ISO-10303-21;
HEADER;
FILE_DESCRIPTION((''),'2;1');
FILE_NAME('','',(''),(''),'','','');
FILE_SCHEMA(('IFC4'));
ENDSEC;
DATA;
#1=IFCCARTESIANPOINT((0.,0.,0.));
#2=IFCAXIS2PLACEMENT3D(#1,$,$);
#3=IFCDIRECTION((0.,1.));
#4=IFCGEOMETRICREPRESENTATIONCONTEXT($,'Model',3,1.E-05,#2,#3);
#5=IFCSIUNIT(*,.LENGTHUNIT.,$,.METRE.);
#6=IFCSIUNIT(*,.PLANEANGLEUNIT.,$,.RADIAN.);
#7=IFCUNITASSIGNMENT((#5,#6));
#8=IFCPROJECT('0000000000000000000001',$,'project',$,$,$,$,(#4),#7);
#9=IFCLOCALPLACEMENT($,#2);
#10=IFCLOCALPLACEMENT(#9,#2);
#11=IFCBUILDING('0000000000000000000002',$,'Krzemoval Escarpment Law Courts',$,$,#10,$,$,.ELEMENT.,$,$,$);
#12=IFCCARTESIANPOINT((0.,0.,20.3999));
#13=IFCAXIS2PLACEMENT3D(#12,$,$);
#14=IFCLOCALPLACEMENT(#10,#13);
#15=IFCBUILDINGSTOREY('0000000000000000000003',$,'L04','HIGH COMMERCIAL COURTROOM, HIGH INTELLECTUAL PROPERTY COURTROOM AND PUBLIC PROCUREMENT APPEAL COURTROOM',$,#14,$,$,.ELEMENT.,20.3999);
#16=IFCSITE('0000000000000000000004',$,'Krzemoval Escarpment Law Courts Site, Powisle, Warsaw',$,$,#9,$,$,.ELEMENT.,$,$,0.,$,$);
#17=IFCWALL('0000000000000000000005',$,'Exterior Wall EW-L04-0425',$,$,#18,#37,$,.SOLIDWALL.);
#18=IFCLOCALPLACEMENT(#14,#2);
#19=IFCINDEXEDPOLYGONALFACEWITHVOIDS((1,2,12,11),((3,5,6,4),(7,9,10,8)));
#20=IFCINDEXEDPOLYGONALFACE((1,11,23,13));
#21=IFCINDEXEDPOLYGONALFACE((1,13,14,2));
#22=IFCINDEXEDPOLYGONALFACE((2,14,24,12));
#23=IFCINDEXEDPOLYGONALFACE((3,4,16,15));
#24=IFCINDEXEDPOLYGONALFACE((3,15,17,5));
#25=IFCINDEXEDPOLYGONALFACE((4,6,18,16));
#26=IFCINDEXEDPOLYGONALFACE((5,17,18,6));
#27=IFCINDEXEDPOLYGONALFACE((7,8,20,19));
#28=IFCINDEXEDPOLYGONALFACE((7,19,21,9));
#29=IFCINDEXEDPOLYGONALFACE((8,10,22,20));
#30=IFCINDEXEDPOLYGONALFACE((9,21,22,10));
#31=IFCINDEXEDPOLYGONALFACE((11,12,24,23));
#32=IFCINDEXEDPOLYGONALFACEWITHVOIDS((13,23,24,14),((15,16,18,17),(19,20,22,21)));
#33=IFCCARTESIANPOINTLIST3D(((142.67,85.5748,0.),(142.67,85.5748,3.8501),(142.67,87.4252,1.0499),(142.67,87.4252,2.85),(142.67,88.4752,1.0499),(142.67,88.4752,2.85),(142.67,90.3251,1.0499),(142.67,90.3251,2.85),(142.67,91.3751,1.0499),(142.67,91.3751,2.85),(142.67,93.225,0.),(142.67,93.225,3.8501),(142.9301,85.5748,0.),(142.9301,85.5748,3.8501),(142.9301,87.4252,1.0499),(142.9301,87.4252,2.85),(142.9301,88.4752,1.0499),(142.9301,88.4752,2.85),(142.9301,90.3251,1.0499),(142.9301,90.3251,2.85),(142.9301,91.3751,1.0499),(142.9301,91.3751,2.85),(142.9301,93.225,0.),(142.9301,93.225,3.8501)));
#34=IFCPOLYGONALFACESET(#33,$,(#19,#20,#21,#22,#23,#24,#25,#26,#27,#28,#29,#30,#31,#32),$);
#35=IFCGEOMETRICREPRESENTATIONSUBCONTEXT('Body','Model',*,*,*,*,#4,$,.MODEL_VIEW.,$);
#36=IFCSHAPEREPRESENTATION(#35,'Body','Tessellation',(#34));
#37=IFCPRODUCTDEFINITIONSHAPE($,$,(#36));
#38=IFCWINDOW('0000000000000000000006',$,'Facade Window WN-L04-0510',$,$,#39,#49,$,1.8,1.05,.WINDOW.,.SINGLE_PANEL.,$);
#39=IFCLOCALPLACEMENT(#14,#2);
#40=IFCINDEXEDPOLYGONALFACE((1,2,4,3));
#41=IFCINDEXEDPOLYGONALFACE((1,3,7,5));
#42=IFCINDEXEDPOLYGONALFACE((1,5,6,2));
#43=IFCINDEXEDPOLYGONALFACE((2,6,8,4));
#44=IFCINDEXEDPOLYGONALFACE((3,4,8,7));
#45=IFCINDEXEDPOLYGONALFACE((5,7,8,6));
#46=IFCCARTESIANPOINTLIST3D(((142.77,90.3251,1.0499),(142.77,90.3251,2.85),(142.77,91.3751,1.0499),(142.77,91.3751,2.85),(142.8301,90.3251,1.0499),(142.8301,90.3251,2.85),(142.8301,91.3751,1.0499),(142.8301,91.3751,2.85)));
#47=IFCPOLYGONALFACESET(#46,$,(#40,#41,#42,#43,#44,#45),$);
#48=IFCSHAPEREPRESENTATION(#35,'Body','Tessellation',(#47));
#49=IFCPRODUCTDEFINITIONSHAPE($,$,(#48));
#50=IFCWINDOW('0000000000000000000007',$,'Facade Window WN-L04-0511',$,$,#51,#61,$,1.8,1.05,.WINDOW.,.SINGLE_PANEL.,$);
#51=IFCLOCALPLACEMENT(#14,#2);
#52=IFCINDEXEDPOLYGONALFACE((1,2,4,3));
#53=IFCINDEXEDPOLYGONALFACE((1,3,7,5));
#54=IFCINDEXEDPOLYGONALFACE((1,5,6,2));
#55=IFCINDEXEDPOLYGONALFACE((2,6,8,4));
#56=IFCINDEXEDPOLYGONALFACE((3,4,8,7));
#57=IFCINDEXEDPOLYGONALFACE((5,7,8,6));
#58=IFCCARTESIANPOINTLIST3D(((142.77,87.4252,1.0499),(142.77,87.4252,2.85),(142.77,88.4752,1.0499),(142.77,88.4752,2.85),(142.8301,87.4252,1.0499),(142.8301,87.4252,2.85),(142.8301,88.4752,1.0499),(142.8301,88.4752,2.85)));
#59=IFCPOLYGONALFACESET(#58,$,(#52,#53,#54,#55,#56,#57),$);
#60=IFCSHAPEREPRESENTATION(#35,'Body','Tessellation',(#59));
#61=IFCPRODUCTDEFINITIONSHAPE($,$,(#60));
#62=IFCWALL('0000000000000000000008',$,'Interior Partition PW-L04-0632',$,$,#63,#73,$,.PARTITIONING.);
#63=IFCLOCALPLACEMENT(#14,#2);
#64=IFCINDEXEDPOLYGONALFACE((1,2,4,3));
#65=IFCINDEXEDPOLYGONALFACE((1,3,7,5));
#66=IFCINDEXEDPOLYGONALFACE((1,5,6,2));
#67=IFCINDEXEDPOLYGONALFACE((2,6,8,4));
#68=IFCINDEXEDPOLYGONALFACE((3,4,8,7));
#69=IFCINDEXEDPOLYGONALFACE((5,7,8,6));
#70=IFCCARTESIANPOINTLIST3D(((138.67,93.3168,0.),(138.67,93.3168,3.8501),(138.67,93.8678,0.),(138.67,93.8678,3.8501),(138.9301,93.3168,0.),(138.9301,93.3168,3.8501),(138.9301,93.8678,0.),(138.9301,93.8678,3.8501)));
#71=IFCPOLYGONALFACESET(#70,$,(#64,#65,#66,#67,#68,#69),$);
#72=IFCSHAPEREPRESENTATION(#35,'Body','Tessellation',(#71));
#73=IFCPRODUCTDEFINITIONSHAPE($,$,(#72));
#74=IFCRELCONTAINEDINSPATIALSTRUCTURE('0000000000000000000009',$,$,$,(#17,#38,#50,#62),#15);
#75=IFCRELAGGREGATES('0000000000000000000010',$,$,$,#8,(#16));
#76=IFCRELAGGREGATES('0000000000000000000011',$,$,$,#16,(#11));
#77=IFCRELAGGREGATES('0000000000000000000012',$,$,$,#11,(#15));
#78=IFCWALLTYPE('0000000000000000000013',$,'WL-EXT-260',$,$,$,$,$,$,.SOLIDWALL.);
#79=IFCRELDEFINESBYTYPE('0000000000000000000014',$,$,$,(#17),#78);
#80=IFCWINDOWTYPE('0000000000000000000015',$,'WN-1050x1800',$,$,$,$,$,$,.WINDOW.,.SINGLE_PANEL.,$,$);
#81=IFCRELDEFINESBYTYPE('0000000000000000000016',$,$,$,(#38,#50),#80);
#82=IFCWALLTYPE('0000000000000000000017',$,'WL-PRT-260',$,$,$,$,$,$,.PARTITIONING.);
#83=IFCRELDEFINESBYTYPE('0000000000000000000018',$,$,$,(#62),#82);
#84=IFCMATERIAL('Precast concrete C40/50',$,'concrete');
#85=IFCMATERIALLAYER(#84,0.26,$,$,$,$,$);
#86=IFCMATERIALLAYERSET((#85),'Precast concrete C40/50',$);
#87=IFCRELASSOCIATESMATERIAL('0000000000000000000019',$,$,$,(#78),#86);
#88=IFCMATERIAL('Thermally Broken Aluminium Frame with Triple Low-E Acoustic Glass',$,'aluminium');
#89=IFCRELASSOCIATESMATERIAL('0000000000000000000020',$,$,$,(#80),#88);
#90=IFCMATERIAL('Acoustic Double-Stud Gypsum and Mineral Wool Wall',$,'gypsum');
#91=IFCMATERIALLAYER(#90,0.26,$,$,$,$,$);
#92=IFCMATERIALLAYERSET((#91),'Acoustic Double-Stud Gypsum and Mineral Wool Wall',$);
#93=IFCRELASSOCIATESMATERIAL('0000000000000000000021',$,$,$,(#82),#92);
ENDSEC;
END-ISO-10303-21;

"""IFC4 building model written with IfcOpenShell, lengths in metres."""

from ifc_helpers import new_model, si_unit, direction, frame, frame_2d, origin, place, context, subcontext, project, spatial, rectangle, extrude, material, layer, layer_set, type_object, element, fill, save


model = new_model("IFC4")

# Units and contexts
model_context = context("Model", 3, precision=1e-05, world=origin(), true_north=direction((0.0, 1.0)))
body_context = subcontext(model_context, "Body", "Model", "MODEL_VIEW")
ifc_project = project(units=[si_unit("LENGTHUNIT", "METRE"), si_unit("PLANEANGLEUNIT", "RADIAN")], contexts=[model_context])

# Site, building, storey
site_placement = place(None, origin())
site = spatial("IfcSite", under=ifc_project, at=site_placement, Name="Krzemoval Escarpment Law Courts Site, Powisle, Warsaw", CompositionType="ELEMENT", RefElevation=0.0)
building_placement = place(site_placement, origin())
building = spatial("IfcBuilding", under=site, at=building_placement, Name="Krzemoval Escarpment Law Courts", CompositionType="ELEMENT")
storey_placement = place(building_placement, frame((0.0, 0.0, 20.3999)))
storey = spatial("IfcBuildingStorey", under=building, at=storey_placement, Name="L04", Description="HIGH COMMERCIAL COURTROOM, HIGH INTELLECTUAL PROPERTY COURTROOM AND PUBLIC PROCUREMENT APPEAL COURTROOM", CompositionType="ELEMENT", Elevation=20.3999)

# Wall, openings, windows
ifc_material_1 = material(Name="Precast concrete C40/50", Category="concrete")
ifc_layer_1 = layer(ifc_material_1, 0.26)
ifc_layer_set_1 = layer_set([ifc_layer_1], Name="Precast concrete C40/50")
wall_type_1 = type_object("IfcWallType", Name="WL-EXT-260", PredefinedType="SOLIDWALL", material=ifc_layer_set_1)
wall_1_placement = place(storey_placement, frame((142.8, 93.2251, 0.0), z_axis=(0.0, 0.0, 1.0), x_axis=(0.0, -1.0, 0.0)))
wall_1 = element("IfcWall", 1, at=wall_1_placement, inside=storey, type_object=wall_type_1, Name="Exterior Wall EW-L04-0425", PredefinedType="SOLIDWALL", context=body_context, shape_type="SweptSolid", body=[
    extrude(rectangle(XDim=7.6501, YDim=0.26, at=frame_2d((3.8252, 0.0))), origin(), (0.0, 0.0, 1.0), 3.8501),
])
opening_1_placement = place(wall_1_placement, frame((1.8501, 0.0, 1.05)))
opening_1 = element("IfcOpeningElement", 2, at=opening_1_placement, cuts=wall_1, PredefinedType="OPENING", context=body_context, shape_type="SweptSolid", body=[
    extrude(rectangle(XDim=1.05, YDim=1.8, at=frame_2d((0.5249, 0.8999))), frame((0.0, 0.145, 0.0), z_axis=(0.0, -1.0, 0.0), x_axis=(1.0, 0.0, 0.0)), (0.0, 0.0, 1.0), 0.29),
])
opening_2_placement = place(wall_1_placement, frame((4.75, 0.0, 1.05)))
opening_2 = element("IfcOpeningElement", 3, at=opening_2_placement, cuts=wall_1, PredefinedType="OPENING", context=body_context, shape_type="SweptSolid", body=[
    extrude(rectangle(XDim=1.05, YDim=1.8, at=frame_2d((0.5249, 0.8999))), frame((0.0, 0.145, 0.0), z_axis=(0.0, -1.0, 0.0), x_axis=(1.0, 0.0, 0.0)), (0.0, 0.0, 1.0), 0.29),
])
ifc_material_2 = material(Name="Thermally Broken Aluminium Frame with Triple Low-E Acoustic Glass", Category="aluminium")
window_type = type_object("IfcWindowType", Name="WN-1050x1800", PartitioningType="SINGLE_PANEL", PredefinedType="WINDOW", material=ifc_material_2)
window_1_placement = place(opening_1_placement, origin())
window_1 = element("IfcWindow", 4, at=window_1_placement, inside=storey, type_object=window_type, Name="Facade Window WN-L04-0510", OverallHeight=1.8, OverallWidth=1.05, PartitioningType="SINGLE_PANEL", PredefinedType="WINDOW", context=body_context, shape_type="SweptSolid", body=[
    extrude(rectangle(XDim=1.05, YDim=1.8, at=frame_2d((0.5249, 0.8999))), frame((0.0, 0.03, 0.0), z_axis=(0.0, -1.0, 0.0), x_axis=(1.0, 0.0, 0.0)), (0.0, 0.0, 1.0), 0.0601),
])
fill(opening_1, window_1)
window_2_placement = place(opening_2_placement, origin())
window_2 = element("IfcWindow", 5, at=window_2_placement, inside=storey, type_object=window_type, Name="Facade Window WN-L04-0511", OverallHeight=1.8, OverallWidth=1.05, PartitioningType="SINGLE_PANEL", PredefinedType="WINDOW", context=body_context, shape_type="SweptSolid", body=[
    extrude(rectangle(XDim=1.05, YDim=1.8, at=frame_2d((0.5249, 0.8999))), frame((0.0, 0.03, 0.0), z_axis=(0.0, -1.0, 0.0), x_axis=(1.0, 0.0, 0.0)), (0.0, 0.0, 1.0), 0.0601),
])
fill(opening_2, window_2)

# Wall
ifc_material_3 = material(Name="Acoustic Double-Stud Gypsum and Mineral Wool Wall", Category="gypsum")
ifc_layer_2 = layer(ifc_material_3, 0.26)
ifc_layer_set_2 = layer_set([ifc_layer_2], Name="Acoustic Double-Stud Gypsum and Mineral Wool Wall")
wall_type_2 = type_object("IfcWallType", Name="WL-PRT-260", PredefinedType="PARTITIONING", material=ifc_layer_set_2)
wall_2_placement = place(storey_placement, frame((138.8, 93.3169, 0.0), z_axis=(0.0, 0.0, 1.0), x_axis=(0.0, 1.0, 0.0)))
element("IfcWall", 6, at=wall_2_placement, inside=storey, type_object=wall_type_2, Name="Interior Partition PW-L04-0632", PredefinedType="PARTITIONING", context=body_context, shape_type="SweptSolid", body=[
    extrude(rectangle(XDim=0.551, YDim=0.26, at=frame_2d((0.2754, 0.0))), origin(), (0.0, 0.0, 1.0), 3.8501),
])

save(model, "model.ifc")
